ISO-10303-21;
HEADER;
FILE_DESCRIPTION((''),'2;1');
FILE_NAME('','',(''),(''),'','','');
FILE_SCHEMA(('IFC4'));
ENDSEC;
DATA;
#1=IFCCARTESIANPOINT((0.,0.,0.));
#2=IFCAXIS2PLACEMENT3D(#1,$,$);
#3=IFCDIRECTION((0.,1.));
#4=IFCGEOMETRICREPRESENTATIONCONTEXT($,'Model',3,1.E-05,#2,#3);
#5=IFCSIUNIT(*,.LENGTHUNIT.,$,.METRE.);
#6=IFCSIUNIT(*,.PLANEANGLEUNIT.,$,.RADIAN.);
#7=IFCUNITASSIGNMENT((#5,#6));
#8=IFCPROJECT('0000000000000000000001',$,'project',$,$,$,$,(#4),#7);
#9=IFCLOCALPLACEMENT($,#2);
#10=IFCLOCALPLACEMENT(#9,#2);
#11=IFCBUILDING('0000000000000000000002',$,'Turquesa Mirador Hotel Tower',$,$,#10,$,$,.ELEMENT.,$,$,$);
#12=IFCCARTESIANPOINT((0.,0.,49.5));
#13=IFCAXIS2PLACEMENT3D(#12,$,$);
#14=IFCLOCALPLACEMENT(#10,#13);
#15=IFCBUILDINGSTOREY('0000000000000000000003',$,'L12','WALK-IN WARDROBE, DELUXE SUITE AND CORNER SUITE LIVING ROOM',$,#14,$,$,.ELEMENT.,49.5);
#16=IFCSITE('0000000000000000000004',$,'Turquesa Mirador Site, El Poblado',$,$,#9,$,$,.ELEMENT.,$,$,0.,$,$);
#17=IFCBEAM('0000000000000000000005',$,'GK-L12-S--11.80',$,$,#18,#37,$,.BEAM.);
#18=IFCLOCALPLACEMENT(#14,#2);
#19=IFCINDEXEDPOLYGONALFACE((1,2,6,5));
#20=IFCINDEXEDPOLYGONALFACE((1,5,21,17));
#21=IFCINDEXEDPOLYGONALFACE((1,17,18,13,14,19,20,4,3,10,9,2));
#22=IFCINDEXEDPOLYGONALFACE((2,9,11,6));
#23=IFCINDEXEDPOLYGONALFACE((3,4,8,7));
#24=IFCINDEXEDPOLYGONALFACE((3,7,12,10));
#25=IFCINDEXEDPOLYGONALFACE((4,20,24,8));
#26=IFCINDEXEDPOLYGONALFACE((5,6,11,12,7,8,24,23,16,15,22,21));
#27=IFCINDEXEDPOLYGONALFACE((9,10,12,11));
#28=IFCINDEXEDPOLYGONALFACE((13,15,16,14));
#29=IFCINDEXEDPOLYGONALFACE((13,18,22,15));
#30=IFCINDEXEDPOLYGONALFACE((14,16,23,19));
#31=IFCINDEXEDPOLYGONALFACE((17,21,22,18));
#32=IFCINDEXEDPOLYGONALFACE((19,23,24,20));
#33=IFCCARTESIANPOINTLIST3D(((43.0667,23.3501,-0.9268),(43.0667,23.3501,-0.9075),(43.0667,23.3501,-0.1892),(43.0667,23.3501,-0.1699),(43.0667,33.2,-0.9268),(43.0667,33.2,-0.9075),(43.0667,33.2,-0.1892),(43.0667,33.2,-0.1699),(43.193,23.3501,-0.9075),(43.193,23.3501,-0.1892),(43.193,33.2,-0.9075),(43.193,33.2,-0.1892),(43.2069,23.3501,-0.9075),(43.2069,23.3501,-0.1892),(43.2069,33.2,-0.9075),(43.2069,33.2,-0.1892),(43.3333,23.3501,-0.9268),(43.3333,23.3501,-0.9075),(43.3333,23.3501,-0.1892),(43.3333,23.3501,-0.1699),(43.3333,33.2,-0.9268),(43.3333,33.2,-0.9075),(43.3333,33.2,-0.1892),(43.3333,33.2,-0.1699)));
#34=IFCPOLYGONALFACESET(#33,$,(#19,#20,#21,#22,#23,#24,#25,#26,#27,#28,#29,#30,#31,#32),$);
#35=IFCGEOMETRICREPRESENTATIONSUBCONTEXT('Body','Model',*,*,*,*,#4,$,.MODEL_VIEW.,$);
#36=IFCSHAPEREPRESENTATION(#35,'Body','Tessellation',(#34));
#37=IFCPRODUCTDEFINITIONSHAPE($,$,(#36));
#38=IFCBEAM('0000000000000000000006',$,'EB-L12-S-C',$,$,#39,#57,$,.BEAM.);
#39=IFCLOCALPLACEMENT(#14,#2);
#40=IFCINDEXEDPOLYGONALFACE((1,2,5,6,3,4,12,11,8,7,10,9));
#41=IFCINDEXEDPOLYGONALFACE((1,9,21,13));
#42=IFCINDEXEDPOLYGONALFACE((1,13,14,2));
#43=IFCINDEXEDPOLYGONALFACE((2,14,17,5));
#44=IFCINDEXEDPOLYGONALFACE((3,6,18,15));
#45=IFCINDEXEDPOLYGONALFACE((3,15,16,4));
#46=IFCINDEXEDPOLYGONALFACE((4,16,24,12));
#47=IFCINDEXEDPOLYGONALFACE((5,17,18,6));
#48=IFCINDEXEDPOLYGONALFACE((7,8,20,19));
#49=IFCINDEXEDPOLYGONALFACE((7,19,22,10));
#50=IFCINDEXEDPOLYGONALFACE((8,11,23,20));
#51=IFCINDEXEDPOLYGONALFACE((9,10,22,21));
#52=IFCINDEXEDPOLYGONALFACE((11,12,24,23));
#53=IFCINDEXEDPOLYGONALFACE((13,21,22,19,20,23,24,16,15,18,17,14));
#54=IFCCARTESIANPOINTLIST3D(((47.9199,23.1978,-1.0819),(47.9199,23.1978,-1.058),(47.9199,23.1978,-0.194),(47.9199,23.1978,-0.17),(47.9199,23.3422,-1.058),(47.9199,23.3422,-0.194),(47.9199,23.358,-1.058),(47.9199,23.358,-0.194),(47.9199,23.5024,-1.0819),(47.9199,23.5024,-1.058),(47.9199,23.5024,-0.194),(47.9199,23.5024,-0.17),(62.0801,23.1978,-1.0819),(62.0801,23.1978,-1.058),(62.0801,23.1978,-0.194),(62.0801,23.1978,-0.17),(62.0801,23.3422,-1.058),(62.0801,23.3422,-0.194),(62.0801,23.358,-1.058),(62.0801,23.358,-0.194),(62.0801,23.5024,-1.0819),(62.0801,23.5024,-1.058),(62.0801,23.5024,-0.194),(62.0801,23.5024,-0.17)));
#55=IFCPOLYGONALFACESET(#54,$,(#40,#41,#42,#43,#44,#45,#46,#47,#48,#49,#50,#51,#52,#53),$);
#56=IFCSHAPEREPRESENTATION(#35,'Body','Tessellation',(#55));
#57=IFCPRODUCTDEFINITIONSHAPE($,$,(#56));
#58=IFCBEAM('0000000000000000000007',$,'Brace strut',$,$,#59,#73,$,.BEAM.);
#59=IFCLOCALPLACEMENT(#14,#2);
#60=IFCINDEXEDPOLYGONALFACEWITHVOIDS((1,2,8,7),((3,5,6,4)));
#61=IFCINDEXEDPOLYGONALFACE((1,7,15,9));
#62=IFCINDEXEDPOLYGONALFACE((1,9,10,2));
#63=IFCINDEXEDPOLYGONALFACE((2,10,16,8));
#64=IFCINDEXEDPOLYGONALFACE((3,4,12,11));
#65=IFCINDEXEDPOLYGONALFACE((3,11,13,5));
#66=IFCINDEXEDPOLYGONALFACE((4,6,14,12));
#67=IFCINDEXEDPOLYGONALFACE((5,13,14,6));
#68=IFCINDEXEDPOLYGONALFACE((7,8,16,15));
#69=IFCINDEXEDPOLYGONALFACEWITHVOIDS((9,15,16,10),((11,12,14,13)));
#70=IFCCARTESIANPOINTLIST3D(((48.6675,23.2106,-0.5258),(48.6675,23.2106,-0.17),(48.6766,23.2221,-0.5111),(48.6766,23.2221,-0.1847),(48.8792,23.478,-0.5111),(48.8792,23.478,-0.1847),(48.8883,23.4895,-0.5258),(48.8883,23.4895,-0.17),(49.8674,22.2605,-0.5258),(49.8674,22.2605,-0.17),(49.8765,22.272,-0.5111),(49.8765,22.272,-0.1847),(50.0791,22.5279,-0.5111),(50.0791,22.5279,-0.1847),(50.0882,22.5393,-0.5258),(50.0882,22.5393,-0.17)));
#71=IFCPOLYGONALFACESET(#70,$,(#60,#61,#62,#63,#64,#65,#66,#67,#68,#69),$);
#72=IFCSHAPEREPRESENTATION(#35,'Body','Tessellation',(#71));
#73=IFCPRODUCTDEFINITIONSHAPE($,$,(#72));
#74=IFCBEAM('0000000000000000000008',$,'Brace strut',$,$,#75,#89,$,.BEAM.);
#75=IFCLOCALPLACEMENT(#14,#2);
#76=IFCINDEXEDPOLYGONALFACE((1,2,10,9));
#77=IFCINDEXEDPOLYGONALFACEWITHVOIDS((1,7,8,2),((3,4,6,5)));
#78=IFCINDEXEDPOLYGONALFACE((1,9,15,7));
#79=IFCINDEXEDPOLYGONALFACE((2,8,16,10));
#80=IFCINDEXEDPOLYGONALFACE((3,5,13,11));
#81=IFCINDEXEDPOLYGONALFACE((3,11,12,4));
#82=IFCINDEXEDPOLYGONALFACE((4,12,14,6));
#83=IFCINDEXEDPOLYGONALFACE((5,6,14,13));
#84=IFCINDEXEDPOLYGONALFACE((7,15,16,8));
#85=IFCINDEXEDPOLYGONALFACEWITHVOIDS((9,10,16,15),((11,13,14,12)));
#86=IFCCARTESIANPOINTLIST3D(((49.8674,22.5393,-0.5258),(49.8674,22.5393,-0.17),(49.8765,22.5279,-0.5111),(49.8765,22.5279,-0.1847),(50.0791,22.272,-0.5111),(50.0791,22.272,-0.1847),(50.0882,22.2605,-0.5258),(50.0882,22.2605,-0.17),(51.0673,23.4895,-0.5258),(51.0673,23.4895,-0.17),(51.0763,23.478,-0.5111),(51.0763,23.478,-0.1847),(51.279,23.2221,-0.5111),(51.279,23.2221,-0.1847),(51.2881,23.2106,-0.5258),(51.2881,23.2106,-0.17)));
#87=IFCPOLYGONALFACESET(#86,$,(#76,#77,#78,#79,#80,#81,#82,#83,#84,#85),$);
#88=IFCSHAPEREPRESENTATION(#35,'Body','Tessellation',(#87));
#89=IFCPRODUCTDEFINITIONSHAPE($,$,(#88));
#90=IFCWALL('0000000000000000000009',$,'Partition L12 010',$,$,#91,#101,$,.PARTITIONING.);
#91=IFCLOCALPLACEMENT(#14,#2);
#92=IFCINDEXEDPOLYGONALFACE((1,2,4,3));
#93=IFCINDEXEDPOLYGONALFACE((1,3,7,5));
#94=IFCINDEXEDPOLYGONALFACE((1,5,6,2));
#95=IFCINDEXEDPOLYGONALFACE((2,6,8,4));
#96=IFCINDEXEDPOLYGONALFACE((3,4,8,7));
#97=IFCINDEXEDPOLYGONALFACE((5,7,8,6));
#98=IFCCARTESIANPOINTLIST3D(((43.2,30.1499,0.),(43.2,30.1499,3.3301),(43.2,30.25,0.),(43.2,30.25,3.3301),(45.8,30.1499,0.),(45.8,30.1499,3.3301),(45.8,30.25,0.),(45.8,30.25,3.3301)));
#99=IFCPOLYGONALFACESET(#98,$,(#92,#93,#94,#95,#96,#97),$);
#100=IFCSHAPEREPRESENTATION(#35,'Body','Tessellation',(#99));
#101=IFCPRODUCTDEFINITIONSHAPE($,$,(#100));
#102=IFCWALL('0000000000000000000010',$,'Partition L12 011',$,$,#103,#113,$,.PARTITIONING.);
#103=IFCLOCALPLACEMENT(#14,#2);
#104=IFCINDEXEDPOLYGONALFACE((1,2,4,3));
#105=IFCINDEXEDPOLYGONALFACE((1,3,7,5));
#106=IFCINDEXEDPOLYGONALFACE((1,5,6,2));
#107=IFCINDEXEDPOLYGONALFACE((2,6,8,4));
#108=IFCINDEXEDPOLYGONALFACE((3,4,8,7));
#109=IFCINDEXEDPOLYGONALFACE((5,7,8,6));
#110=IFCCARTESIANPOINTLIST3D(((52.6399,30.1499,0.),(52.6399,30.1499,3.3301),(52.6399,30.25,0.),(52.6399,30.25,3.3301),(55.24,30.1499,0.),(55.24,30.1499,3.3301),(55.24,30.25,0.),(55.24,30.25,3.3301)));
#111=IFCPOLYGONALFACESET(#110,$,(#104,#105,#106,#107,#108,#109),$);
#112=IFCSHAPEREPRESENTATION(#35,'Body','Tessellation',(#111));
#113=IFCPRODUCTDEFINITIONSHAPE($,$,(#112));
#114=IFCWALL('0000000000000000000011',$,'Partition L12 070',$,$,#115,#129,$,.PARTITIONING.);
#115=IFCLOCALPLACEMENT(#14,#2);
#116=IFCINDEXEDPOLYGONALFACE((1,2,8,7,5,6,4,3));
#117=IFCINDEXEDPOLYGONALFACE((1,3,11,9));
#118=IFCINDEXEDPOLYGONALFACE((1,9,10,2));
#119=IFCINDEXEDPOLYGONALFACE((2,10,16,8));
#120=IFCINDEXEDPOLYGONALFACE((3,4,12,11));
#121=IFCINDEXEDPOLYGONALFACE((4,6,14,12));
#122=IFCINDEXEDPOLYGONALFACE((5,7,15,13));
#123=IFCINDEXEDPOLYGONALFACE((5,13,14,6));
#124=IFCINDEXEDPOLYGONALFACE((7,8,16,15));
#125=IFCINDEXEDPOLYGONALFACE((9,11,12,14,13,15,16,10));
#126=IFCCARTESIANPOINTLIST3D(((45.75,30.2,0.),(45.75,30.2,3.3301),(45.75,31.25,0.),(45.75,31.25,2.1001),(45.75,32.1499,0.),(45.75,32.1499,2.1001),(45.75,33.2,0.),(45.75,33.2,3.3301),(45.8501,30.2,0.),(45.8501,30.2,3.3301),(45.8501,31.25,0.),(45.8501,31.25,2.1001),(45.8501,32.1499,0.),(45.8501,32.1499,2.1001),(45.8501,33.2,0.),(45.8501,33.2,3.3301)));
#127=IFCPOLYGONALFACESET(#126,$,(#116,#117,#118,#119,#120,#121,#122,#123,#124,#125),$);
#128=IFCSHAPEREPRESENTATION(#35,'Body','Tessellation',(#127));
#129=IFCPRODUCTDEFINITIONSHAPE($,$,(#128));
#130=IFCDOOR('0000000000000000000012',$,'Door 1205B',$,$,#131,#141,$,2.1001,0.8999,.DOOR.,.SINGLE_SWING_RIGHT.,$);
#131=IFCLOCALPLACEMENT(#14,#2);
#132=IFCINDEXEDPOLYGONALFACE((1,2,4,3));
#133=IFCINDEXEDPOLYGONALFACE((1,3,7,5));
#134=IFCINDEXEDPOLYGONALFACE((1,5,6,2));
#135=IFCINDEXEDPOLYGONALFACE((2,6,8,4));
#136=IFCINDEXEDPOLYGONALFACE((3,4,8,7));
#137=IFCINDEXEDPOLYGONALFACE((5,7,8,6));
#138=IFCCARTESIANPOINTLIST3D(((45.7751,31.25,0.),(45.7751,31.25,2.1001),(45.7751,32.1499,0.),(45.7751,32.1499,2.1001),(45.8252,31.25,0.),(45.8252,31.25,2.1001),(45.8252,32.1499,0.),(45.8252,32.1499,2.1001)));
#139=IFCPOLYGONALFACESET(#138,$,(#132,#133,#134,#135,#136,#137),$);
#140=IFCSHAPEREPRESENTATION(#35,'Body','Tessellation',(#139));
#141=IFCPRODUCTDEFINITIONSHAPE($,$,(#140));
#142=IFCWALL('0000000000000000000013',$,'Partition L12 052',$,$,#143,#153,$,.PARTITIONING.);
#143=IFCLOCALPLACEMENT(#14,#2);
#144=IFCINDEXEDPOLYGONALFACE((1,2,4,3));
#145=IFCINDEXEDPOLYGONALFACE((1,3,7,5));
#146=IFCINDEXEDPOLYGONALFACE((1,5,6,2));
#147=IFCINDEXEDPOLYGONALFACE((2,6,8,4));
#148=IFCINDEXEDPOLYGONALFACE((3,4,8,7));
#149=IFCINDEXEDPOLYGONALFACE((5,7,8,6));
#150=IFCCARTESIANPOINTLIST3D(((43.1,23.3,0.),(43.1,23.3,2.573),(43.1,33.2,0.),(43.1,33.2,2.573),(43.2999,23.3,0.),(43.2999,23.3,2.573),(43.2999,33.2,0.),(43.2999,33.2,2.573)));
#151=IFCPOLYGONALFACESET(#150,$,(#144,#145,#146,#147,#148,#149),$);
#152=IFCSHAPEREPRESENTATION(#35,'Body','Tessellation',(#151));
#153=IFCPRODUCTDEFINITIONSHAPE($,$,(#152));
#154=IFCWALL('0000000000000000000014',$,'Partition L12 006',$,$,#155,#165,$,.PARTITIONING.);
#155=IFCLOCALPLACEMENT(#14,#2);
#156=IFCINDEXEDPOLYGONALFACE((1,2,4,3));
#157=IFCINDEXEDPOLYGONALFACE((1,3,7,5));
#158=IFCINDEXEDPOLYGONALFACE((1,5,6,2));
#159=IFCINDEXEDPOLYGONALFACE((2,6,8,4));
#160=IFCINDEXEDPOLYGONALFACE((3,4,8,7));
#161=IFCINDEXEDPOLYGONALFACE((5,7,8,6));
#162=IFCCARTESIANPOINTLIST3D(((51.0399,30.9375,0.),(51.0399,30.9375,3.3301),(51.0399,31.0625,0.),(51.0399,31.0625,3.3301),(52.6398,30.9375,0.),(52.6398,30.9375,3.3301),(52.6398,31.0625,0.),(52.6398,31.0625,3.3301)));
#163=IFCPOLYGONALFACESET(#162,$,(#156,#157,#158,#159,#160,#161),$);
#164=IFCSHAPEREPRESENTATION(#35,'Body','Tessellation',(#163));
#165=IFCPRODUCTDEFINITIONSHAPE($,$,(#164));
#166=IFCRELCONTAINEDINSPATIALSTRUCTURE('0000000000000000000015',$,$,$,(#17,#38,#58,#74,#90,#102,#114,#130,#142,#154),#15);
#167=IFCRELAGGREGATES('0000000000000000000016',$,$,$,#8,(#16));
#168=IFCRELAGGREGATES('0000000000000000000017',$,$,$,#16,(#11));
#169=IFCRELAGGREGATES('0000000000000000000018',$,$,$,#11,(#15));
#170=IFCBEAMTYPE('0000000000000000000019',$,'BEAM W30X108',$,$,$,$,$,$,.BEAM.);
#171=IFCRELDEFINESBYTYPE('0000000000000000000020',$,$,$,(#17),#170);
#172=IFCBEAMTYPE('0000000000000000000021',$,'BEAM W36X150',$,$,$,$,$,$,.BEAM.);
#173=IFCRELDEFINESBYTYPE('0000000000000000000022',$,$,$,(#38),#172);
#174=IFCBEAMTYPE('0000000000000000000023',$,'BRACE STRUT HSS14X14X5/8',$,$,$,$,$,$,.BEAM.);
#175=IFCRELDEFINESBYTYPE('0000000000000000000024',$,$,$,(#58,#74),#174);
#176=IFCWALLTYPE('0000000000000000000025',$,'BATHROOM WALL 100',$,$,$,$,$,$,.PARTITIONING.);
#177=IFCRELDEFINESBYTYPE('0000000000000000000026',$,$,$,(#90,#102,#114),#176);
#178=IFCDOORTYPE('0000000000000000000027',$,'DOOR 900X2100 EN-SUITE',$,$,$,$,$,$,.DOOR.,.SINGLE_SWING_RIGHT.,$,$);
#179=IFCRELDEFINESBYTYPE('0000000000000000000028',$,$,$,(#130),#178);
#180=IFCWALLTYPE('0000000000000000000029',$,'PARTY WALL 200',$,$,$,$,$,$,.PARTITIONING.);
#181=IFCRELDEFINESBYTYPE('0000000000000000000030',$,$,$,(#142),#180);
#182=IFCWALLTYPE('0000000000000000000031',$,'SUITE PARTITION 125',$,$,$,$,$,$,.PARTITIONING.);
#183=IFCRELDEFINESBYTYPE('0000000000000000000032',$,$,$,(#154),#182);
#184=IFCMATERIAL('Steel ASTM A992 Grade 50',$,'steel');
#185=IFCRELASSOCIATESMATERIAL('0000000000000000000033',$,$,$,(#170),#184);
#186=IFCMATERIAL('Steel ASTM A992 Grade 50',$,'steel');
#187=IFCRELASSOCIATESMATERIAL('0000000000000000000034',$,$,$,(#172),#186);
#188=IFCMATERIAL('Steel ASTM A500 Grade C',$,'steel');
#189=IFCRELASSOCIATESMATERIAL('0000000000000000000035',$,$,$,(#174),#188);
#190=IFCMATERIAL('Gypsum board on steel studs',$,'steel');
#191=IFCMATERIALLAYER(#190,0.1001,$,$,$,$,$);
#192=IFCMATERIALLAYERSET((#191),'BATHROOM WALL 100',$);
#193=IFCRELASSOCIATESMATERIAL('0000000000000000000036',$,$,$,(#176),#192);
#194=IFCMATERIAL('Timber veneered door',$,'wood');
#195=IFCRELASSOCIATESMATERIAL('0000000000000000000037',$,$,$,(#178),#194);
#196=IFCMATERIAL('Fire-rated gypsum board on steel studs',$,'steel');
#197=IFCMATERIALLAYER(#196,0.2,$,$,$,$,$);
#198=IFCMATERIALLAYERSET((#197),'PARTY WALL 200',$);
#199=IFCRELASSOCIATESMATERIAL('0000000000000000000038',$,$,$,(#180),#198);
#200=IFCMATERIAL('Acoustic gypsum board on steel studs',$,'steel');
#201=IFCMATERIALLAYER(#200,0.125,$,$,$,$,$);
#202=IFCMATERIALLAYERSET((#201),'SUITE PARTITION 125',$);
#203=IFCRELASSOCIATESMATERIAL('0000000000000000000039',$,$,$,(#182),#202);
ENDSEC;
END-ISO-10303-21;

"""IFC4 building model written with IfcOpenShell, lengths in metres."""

from ifc_helpers import new_model, si_unit, direction, frame, frame_2d, origin, origin_2d, place, context, subcontext, project, spatial, rectangle, hollow_rectangle, i_section, extrude, material, layer, layer_set, material_profile, profile_set, type_object, element, fill, save


model = new_model("IFC4")

# Units and contexts
model_context = context("Model", 3, precision=1e-05, world=origin(), true_north=direction((0.0, 1.0)))
body_context = subcontext(model_context, "Body", "Model", "MODEL_VIEW")
ifc_project = project(units=[si_unit("LENGTHUNIT", "METRE"), si_unit("PLANEANGLEUNIT", "RADIAN")], contexts=[model_context])

# Site, building, storey
site_placement = place(None, origin())
site = spatial("IfcSite", under=ifc_project, at=site_placement, Name="Turquesa Mirador Site, El Poblado", CompositionType="ELEMENT", RefElevation=0.0)
building_placement = place(site_placement, origin())
building = spatial("IfcBuilding", under=site, at=building_placement, Name="Turquesa Mirador Hotel Tower", CompositionType="ELEMENT")
storey_placement = place(building_placement, frame((0.0, 0.0, 49.5)))
storey = spatial("IfcBuildingStorey", under=building, at=storey_placement, Name="L12", Description="WALK-IN WARDROBE, DELUXE SUITE AND CORNER SUITE LIVING ROOM", CompositionType="ELEMENT", Elevation=49.5)

# Beams
ifc_material_1 = material(Name="Steel ASTM A992 Grade 50", Category="steel")
ifc_material_profile_1 = material_profile(ifc_material_1, i_section(OverallWidth=0.2666, OverallDepth=0.7568, WebThickness=0.0139, FlangeThickness=0.0193, at=origin_2d()), Name="W30X108")
ifc_profile_set_1 = profile_set([ifc_material_profile_1], Name="Steel ASTM A992 Grade 50")
beam_type_1 = type_object("IfcBeamType", Name="BEAM W30X108", PredefinedType="BEAM", material=ifc_profile_set_1)
beam_1_placement = place(storey_placement, frame((43.2, 23.3501, -0.5483), z_axis=(0.0, 1.0, 0.0), x_axis=(-1.0, 0.0, 0.0)))
element("IfcBeam", 1, at=beam_1_placement, inside=storey, type_object=beam_type_1, Name="GK-L12-S--11.80", PredefinedType="BEAM", context=body_context, shape_type="SweptSolid", body=[
    extrude(i_section(OverallWidth=0.2666, OverallDepth=0.7568, WebThickness=0.0139, FlangeThickness=0.0193, at=origin_2d()), origin(), (0.0, 0.0, 1.0), 9.8499),
])
ifc_material_2 = material(Name="Steel ASTM A992 Grade 50", Category="steel")
ifc_material_profile_2 = material_profile(ifc_material_2, i_section(OverallWidth=0.3047, OverallDepth=0.9119, WebThickness=0.0159, FlangeThickness=0.0239, at=origin_2d()), Name="W36X150")
ifc_profile_set_2 = profile_set([ifc_material_profile_2], Name="Steel ASTM A992 Grade 50")
beam_type_2 = type_object("IfcBeamType", Name="BEAM W36X150", PredefinedType="BEAM", material=ifc_profile_set_2)
beam_2_placement = place(storey_placement, frame((47.9199, 23.3501, -0.626), z_axis=(1.0, 0.0, 0.0), x_axis=(0.0, 1.0, 0.0)))
element("IfcBeam", 2, at=beam_2_placement, inside=storey, type_object=beam_type_2, Name="EB-L12-S-C", PredefinedType="BEAM", context=body_context, shape_type="SweptSolid", body=[
    extrude(i_section(OverallWidth=0.3047, OverallDepth=0.9119, WebThickness=0.0159, FlangeThickness=0.0239, at=origin_2d()), origin(), (0.0, 0.0, 1.0), 14.1602),
])
ifc_material_3 = material(Name="Steel ASTM A500 Grade C", Category="steel")
ifc_material_profile_3 = material_profile(ifc_material_3, hollow_rectangle(XDim=0.3557, YDim=0.3557, WallThickness=0.0146, at=origin_2d()), Name="HSS14X14X5/8")
ifc_profile_set_3 = profile_set([ifc_material_profile_3], Name="Steel ASTM A500 Grade C")
beam_type_3 = type_object("IfcBeamType", Name="BRACE STRUT HSS14X14X5/8", PredefinedType="BEAM", material=ifc_profile_set_3)
for number, where, z_axis, x_axis, name in (
    (3, (49.9778, 22.3999, -0.3479), (-0.783971, 0.620797, 0.0), (-0.620797, -0.783971, 0.0), "Brace strut"),
    (4, (49.9778, 22.3999, -0.3479), (0.783971, 0.620797, 0.0), (-0.620797, 0.783971, 0.0), "Brace strut"),
):
    element("IfcBeam", number, at=place(storey_placement, frame(where, z_axis=z_axis, x_axis=x_axis)), inside=storey, type_object=beam_type_3, Name=name, PredefinedType="BEAM", context=body_context, shape_type="SweptSolid", body=[
        extrude(hollow_rectangle(XDim=0.3557, YDim=0.3557, WallThickness=0.0146, at=origin_2d()), origin(), (0.0, 0.0, 1.0), 1.5305),
    ])

# Walls
ifc_material_4 = material(Name="Gypsum board on steel studs", Category="steel")
ifc_layer_1 = layer(ifc_material_4, 0.1001)
ifc_layer_set_1 = layer_set([ifc_layer_1], Name="BATHROOM WALL 100")
wall_type_1 = type_object("IfcWallType", Name="BATHROOM WALL 100", PredefinedType="PARTITIONING", material=ifc_layer_set_1)
for number, where, z_axis, x_axis, name in (
    (5, (43.2, 30.2, 0.0), (0.0, 0.0, 1.0), (1.0, 0.0, 0.0), "Partition L12 010"),
    (6, (52.6399, 30.2, 0.0), (0.0, 0.0, 1.0), (1.0, 0.0, 0.0), "Partition L12 011"),
):
    element("IfcWall", number, at=place(storey_placement, frame(where, z_axis=z_axis, x_axis=x_axis)), inside=storey, type_object=wall_type_1, Name=name, PredefinedType="PARTITIONING", context=body_context, shape_type="SweptSolid", body=[
        extrude(rectangle(XDim=2.6001, YDim=0.1001, at=frame_2d((1.3, 0.0))), origin(), (0.0, 0.0, 1.0), 3.3301),
    ])

# Wall, opening, door
wall_1_placement = place(storey_placement, frame((45.8, 30.2, 0.0), z_axis=(0.0, 0.0, 1.0), x_axis=(0.0, 1.0, 0.0)))
wall_1 = element("IfcWall", 7, at=wall_1_placement, inside=storey, type_object=wall_type_1, Name="Partition L12 070", PredefinedType="PARTITIONING", context=body_context, shape_type="SweptSolid", body=[
    extrude(rectangle(XDim=3.0, YDim=0.1001, at=frame_2d((1.5, 0.0))), origin(), (0.0, 0.0, 1.0), 3.3301),
])
opening_1_placement = place(wall_1_placement, frame((1.05, 0.0, 0.0)))
opening_1 = element("IfcOpeningElement", 8, at=opening_1_placement, cuts=wall_1, PredefinedType="OPENING", context=body_context, shape_type="SweptSolid", body=[
    extrude(rectangle(XDim=0.8999, YDim=2.1001, at=frame_2d((0.45, 1.05))), frame((0.0, 0.0601, 0.0), z_axis=(0.0, -1.0, 0.0), x_axis=(1.0, 0.0, 0.0)), (0.0, 0.0, 1.0), 0.1201),
])
ifc_material_5 = material(Name="Timber veneered door", Category="wood")
door_type_1 = type_object("IfcDoorType", Name="DOOR 900X2100 EN-SUITE", OperationType="SINGLE_SWING_RIGHT", PredefinedType="DOOR", material=ifc_material_5)
door_1_placement = place(opening_1_placement, origin())
door_1 = element("IfcDoor", 9, at=door_1_placement, inside=storey, type_object=door_type_1, Name="Door 1205B", OperationType="SINGLE_SWING_RIGHT", OverallHeight=2.1001, OverallWidth=0.8999, PredefinedType="DOOR", context=body_context, shape_type="SweptSolid", body=[
    extrude(rectangle(XDim=0.8999, YDim=2.1001, at=frame_2d((0.45, 1.05))), frame((0.0, 0.0249, 0.0), z_axis=(0.0, -1.0, 0.0), x_axis=(1.0, 0.0, 0.0)), (0.0, 0.0, 1.0), 0.05),
])
fill(opening_1, door_1)

# Walls
ifc_material_6 = material(Name="Fire-rated gypsum board on steel studs", Category="steel")
ifc_layer_2 = layer(ifc_material_6, 0.2)
ifc_layer_set_2 = layer_set([ifc_layer_2], Name="PARTY WALL 200")
wall_type_2 = type_object("IfcWallType", Name="PARTY WALL 200", PredefinedType="PARTITIONING", material=ifc_layer_set_2)
wall_2_placement = place(storey_placement, frame((43.2, 23.3, 0.0), z_axis=(0.0, 0.0, 1.0), x_axis=(0.0, 1.0, 0.0)))
element("IfcWall", 10, at=wall_2_placement, inside=storey, type_object=wall_type_2, Name="Partition L12 052", PredefinedType="PARTITIONING", context=body_context, shape_type="SweptSolid", body=[
    extrude(rectangle(XDim=9.8999, YDim=0.2, at=frame_2d((4.95, 0.0))), origin(), (0.0, 0.0, 1.0), 2.573),
])
ifc_material_7 = material(Name="Acoustic gypsum board on steel studs", Category="steel")
ifc_layer_3 = layer(ifc_material_7, 0.125)
ifc_layer_set_3 = layer_set([ifc_layer_3], Name="SUITE PARTITION 125")
wall_type_3 = type_object("IfcWallType", Name="SUITE PARTITION 125", PredefinedType="PARTITIONING", material=ifc_layer_set_3)
wall_3_placement = place(storey_placement, frame((51.04, 31.0, 0.0), z_axis=(0.0, 0.0, 1.0), x_axis=(1.0, 0.0, 0.0)))
element("IfcWall", 11, at=wall_3_placement, inside=storey, type_object=wall_type_3, Name="Partition L12 006", PredefinedType="PARTITIONING", context=body_context, shape_type="SweptSolid", body=[
    extrude(rectangle(XDim=1.5999, YDim=0.125, at=frame_2d((0.7998, 0.0))), origin(), (0.0, 0.0, 1.0), 3.3301),
])

save(model, "model.ifc")
